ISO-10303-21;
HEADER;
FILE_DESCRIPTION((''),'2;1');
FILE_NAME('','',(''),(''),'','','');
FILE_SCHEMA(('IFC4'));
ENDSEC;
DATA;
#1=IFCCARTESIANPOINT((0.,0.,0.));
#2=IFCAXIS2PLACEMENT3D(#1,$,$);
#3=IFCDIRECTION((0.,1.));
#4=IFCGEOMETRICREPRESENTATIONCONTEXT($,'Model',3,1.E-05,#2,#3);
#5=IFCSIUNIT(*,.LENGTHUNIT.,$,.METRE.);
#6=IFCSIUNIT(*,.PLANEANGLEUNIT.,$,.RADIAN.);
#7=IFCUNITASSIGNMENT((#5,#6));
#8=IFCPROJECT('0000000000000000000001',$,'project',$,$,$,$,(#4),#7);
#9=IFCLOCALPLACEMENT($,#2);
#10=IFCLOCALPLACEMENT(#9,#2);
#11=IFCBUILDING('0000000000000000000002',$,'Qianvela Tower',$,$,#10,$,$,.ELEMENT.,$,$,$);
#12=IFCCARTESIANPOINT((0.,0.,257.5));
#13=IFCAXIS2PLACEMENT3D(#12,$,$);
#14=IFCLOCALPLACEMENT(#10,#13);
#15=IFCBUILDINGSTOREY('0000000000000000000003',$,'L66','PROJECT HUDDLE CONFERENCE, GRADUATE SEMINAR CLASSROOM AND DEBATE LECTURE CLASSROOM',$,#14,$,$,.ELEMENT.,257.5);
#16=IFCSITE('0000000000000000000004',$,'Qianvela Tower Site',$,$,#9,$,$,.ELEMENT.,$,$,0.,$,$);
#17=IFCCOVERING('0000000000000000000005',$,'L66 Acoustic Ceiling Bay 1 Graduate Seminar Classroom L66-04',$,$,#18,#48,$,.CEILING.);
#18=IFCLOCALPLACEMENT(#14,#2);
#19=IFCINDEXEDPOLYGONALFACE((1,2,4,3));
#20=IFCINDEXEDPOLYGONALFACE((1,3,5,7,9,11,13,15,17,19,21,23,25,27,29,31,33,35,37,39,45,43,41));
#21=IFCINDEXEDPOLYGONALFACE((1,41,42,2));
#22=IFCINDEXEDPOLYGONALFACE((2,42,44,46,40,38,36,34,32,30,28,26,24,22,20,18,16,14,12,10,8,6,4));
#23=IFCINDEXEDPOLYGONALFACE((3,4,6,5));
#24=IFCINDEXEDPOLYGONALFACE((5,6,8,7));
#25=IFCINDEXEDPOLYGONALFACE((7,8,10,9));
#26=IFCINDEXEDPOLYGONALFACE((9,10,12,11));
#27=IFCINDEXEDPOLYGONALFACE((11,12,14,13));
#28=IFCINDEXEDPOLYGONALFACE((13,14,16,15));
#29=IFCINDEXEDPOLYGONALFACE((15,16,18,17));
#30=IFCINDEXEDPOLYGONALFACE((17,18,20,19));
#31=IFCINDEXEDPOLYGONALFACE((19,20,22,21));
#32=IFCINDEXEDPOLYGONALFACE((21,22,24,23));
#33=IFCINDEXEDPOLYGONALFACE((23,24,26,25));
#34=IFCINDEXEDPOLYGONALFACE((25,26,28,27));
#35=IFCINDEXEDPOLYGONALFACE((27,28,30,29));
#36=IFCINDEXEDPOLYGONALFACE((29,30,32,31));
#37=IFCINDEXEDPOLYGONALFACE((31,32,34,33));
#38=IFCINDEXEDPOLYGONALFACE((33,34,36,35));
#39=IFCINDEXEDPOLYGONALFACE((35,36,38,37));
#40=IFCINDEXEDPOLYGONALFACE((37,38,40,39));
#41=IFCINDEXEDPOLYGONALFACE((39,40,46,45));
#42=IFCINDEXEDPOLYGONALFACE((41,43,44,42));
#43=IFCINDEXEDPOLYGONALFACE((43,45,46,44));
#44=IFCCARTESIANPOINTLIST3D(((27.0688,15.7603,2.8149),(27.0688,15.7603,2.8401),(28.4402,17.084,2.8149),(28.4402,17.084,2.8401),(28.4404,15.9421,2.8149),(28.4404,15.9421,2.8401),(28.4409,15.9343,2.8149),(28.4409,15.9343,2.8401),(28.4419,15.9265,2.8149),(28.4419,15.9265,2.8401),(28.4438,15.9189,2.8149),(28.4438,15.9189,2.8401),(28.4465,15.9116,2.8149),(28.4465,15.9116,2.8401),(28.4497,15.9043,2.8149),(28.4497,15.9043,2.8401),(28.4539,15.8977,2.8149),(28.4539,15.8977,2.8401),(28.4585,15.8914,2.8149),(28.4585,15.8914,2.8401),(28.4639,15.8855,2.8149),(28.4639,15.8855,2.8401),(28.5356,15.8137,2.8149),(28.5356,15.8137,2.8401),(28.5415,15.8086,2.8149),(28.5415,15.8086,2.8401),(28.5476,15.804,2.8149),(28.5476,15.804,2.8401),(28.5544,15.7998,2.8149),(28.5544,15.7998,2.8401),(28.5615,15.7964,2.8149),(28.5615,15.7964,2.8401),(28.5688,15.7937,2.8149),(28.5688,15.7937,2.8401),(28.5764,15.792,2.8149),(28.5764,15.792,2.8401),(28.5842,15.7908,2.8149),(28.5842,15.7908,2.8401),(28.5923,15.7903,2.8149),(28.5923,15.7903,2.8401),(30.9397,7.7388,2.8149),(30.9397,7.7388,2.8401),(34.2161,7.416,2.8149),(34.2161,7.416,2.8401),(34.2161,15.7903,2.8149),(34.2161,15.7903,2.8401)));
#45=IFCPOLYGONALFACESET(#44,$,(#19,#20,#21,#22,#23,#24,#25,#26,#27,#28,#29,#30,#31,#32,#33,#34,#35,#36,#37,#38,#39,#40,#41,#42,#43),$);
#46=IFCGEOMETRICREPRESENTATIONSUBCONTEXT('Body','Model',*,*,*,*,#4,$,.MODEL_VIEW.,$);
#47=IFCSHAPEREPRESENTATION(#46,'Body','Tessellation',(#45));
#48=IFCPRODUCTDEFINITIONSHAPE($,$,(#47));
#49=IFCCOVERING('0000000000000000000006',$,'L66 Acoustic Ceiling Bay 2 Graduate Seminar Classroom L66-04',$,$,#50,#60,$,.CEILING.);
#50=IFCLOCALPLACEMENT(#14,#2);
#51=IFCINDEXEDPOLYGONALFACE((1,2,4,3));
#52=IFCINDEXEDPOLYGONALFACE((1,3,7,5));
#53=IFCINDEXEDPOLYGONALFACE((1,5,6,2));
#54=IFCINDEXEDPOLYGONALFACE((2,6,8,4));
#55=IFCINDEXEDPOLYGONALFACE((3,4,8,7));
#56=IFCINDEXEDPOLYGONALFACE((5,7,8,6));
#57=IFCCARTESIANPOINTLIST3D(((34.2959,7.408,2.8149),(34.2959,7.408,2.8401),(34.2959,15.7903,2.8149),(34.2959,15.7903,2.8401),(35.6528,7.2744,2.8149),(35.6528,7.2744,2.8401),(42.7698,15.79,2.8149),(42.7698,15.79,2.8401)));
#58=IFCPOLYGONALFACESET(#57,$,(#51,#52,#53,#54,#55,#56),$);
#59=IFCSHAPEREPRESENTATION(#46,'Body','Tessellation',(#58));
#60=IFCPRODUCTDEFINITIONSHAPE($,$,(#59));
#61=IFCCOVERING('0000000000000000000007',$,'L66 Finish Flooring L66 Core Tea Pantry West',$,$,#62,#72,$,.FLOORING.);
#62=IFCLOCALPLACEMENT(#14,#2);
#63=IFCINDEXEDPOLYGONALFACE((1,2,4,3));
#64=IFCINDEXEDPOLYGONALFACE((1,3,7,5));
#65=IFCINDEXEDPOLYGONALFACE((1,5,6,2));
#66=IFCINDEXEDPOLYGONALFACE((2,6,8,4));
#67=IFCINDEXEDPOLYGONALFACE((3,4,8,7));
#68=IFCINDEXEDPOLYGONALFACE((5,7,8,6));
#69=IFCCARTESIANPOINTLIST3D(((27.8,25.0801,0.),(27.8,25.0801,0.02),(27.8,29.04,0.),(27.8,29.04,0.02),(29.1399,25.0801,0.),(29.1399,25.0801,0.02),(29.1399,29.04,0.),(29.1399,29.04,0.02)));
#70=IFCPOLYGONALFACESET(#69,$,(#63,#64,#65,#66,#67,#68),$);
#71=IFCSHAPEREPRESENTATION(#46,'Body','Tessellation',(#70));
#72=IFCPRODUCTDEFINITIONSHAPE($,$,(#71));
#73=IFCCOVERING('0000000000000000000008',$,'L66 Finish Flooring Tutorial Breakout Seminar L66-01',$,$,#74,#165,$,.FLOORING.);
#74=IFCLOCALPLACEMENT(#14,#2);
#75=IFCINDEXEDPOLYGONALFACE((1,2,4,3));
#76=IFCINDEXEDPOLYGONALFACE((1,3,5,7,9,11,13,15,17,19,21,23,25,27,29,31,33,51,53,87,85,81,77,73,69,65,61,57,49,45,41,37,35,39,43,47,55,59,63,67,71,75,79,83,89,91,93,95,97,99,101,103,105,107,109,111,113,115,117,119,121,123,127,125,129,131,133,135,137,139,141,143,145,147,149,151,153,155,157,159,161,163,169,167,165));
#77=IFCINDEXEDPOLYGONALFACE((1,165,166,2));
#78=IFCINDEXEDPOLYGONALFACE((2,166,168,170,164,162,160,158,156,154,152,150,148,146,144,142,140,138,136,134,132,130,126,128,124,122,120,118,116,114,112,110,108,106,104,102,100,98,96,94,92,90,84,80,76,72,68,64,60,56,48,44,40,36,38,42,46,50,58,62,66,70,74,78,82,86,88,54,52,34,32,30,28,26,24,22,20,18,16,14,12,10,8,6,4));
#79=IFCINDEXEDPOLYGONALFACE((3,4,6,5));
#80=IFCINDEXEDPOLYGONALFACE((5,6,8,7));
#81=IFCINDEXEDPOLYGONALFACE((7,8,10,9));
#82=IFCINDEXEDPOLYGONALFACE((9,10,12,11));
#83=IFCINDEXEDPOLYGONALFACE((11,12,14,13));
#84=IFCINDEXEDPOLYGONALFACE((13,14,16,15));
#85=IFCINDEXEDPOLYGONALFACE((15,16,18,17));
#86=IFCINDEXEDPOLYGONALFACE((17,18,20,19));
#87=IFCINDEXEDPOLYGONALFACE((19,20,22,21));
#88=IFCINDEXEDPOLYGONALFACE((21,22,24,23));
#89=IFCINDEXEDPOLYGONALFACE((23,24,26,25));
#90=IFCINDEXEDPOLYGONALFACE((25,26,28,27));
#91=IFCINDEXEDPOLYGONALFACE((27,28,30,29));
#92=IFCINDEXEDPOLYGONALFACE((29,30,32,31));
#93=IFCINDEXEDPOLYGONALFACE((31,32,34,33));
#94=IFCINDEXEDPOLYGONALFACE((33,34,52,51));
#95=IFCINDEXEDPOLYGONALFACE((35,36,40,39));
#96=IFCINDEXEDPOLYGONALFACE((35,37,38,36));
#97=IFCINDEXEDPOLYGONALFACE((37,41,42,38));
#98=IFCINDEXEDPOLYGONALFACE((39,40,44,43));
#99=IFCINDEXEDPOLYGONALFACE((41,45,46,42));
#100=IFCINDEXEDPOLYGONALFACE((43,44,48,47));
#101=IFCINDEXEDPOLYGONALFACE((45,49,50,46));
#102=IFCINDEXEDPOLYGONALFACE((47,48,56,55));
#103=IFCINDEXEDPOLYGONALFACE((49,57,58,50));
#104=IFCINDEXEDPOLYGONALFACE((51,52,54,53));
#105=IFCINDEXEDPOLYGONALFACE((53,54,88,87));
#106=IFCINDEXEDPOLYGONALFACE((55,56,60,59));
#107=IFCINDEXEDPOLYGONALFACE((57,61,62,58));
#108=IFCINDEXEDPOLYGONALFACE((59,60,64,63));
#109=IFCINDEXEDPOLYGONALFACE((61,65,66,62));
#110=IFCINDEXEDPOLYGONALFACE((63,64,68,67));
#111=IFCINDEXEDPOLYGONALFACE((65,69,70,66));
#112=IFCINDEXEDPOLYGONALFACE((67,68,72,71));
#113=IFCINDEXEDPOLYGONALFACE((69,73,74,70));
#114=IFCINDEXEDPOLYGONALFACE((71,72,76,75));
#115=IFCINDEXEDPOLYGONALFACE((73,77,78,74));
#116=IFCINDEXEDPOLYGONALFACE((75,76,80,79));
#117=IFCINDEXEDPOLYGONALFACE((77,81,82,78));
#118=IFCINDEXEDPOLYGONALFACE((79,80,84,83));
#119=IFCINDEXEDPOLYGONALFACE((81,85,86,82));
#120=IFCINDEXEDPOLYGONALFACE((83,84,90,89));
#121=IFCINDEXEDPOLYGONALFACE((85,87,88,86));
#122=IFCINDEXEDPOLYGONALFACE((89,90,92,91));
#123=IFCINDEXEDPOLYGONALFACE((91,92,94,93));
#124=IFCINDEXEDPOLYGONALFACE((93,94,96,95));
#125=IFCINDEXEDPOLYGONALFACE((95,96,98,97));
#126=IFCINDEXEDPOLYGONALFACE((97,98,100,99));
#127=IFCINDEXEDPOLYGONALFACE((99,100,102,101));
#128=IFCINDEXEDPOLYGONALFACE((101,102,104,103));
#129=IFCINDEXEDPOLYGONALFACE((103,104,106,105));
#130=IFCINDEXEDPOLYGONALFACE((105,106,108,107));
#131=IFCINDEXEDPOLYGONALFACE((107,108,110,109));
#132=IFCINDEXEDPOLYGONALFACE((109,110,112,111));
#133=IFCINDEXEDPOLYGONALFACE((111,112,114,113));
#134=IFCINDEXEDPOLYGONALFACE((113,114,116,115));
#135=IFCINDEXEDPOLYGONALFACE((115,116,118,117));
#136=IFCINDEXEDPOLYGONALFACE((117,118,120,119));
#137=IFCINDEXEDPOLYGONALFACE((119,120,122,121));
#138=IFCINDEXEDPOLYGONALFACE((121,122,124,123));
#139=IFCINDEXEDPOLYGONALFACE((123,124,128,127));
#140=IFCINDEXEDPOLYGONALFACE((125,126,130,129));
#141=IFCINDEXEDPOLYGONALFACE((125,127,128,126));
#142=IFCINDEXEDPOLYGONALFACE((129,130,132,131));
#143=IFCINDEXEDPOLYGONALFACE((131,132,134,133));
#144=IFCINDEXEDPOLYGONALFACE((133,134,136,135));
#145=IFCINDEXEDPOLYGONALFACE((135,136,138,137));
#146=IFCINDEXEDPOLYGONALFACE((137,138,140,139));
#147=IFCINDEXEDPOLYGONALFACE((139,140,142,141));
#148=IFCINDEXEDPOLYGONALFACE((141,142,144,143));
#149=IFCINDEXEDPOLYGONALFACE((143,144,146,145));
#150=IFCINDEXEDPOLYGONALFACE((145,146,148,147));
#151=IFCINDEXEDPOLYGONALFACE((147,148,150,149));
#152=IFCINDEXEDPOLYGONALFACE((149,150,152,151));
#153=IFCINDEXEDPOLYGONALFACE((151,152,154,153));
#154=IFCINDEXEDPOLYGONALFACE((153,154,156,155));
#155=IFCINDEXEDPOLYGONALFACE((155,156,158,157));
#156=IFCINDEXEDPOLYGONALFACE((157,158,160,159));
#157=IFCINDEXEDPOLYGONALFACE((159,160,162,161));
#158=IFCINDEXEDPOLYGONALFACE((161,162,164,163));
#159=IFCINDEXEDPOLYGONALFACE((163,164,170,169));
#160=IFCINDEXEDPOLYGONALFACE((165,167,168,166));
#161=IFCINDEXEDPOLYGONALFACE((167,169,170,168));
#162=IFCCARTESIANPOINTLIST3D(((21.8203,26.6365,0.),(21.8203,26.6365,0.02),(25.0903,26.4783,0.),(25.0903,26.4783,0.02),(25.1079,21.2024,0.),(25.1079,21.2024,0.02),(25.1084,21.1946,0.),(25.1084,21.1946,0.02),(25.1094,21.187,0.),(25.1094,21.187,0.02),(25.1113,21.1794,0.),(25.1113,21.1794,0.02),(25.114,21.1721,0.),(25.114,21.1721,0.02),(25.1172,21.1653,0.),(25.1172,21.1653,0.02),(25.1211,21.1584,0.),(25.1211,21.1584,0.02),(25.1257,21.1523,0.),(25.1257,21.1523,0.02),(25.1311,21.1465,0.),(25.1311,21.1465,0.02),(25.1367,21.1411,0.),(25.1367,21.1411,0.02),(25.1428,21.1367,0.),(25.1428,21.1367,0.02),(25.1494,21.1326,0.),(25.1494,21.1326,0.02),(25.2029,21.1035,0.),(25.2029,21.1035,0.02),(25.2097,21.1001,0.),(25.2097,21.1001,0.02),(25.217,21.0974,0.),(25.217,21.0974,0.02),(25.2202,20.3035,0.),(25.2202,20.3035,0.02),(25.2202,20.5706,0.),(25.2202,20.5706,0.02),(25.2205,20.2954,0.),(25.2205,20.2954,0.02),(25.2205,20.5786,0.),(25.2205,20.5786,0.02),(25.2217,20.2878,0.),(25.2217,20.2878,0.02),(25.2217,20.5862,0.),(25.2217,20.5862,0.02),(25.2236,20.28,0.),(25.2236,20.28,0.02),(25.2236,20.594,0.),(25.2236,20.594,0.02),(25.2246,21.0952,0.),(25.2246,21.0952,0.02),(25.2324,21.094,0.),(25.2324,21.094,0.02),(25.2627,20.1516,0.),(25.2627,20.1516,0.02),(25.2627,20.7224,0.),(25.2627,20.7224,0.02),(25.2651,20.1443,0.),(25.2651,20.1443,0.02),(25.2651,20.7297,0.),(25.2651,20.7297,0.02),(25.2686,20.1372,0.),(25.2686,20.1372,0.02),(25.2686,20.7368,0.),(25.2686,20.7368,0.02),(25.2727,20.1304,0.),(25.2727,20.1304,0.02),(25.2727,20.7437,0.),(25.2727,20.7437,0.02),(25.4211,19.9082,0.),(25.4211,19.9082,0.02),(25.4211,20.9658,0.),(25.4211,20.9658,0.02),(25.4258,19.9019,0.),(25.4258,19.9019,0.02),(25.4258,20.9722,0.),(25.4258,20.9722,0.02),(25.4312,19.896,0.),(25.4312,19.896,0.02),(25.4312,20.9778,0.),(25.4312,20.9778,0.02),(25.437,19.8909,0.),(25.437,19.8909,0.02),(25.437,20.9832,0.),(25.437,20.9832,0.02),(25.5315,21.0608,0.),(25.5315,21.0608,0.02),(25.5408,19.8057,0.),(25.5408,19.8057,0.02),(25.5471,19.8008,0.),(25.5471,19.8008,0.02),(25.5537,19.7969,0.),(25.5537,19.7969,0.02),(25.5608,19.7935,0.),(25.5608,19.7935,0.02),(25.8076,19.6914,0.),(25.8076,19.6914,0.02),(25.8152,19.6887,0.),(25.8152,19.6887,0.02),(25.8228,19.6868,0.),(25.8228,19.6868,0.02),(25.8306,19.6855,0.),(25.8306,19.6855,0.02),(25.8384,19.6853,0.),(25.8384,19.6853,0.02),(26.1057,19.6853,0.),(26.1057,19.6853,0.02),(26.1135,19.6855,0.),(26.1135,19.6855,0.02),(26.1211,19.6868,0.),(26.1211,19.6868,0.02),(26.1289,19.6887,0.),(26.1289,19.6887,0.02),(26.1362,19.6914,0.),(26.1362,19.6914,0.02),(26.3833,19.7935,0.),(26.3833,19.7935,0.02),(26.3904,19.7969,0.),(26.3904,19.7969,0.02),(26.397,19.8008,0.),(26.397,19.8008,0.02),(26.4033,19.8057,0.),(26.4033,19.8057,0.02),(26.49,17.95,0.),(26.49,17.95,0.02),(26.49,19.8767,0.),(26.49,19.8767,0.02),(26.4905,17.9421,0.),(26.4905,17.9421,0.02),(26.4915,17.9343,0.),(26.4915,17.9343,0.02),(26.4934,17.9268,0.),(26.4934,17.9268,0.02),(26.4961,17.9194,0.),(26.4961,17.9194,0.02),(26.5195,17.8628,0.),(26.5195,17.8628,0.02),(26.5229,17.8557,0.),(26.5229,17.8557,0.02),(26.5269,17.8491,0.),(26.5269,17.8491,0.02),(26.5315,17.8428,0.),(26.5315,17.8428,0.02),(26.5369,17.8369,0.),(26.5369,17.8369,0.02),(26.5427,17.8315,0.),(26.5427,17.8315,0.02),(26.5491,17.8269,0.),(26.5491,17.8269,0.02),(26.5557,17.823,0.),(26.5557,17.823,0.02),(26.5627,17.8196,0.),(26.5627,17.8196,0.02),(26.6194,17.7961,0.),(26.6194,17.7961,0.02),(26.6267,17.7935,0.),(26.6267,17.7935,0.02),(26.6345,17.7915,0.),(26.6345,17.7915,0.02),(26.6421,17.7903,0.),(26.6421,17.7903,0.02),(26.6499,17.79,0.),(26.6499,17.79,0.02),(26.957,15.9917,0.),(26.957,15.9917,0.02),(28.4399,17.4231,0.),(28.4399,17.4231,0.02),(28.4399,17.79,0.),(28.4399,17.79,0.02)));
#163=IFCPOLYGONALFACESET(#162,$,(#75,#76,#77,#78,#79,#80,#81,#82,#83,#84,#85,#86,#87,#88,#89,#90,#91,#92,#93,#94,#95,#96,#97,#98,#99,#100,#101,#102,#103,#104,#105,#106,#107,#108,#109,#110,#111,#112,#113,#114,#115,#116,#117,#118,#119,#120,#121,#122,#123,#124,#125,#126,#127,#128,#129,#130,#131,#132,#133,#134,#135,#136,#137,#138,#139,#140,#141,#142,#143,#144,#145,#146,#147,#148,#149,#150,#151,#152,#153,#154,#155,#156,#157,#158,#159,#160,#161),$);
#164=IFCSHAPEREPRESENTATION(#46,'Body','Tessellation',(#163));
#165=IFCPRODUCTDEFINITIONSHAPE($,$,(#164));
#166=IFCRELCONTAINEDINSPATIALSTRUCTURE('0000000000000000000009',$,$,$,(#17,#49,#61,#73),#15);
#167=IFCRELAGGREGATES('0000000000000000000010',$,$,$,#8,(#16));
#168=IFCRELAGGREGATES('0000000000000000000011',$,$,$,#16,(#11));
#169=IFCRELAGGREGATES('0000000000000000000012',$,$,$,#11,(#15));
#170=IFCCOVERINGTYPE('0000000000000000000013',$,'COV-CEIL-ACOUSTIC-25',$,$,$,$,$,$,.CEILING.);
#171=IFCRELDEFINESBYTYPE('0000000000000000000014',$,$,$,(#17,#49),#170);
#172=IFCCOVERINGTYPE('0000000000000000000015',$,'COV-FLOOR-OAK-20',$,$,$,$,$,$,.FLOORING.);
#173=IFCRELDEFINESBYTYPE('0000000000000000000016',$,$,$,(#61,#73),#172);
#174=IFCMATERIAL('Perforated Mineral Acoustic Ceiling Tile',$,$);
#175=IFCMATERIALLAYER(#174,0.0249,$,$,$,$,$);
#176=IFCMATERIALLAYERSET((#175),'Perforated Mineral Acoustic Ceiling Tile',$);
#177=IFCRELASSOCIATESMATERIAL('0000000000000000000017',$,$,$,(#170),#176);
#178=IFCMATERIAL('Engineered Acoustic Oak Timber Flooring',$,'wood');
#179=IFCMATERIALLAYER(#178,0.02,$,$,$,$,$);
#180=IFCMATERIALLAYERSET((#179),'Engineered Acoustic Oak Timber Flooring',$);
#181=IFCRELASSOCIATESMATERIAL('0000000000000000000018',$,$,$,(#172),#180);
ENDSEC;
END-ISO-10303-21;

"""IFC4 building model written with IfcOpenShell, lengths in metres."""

from ifc_helpers import new_model, si_unit, direction, frame, origin, place, context, subcontext, project, spatial, polyline, outline, extrude, material, layer, layer_set, type_object, element, save


model = new_model("IFC4")

# Units and contexts
model_context = context("Model", 3, precision=1e-05, world=origin(), true_north=direction((0.0, 1.0)))
body_context = subcontext(model_context, "Body", "Model", "MODEL_VIEW")
ifc_project = project(units=[si_unit("LENGTHUNIT", "METRE"), si_unit("PLANEANGLEUNIT", "RADIAN")], contexts=[model_context])

# Site, building, storey
site_placement = place(None, origin())
site = spatial("IfcSite", under=ifc_project, at=site_placement, Name="Qianvela Tower Site", CompositionType="ELEMENT", RefElevation=0.0)
building_placement = place(site_placement, origin())
building = spatial("IfcBuilding", under=site, at=building_placement, Name="Qianvela Tower", CompositionType="ELEMENT")
storey_placement = place(building_placement, frame((0.0, 0.0, 257.5)))
storey = spatial("IfcBuildingStorey", under=building, at=storey_placement, Name="L66", Description="PROJECT HUDDLE CONFERENCE, GRADUATE SEMINAR CLASSROOM AND DEBATE LECTURE CLASSROOM", CompositionType="ELEMENT", Elevation=257.5)

# Coverings
ifc_material_1 = material(Name="Perforated Mineral Acoustic Ceiling Tile")
ifc_layer_1 = layer(ifc_material_1, 0.0249)
ifc_layer_set_1 = layer_set([ifc_layer_1], Name="Perforated Mineral Acoustic Ceiling Tile")
covering_type_1 = type_object("IfcCoveringType", Name="COV-CEIL-ACOUSTIC-25", PredefinedType="CEILING", material=ifc_layer_set_1)
covering_1_placement = place(storey_placement, frame((0.0, 0.0, 2.8149)))
element("IfcCovering", 1, at=covering_1_placement, inside=storey, type_object=covering_type_1, Name="L66 Acoustic Ceiling Bay 1 Graduate Seminar Classroom L66-04", PredefinedType="CEILING", context=body_context, shape_type="SweptSolid", body=[
    extrude(outline(polyline([(30.9397, 7.7388), (27.0688, 15.7603), (28.4402, 17.084), (28.4404, 15.9421), (28.4409, 15.9343), (28.4419, 15.9265), (28.4438, 15.9189), (28.4465, 15.9116), (28.4497, 15.9043), (28.4539, 15.8977), (28.4585, 15.8914), (28.4639, 15.8855), (28.5356, 15.8137), (28.5415, 15.8086), (28.5476, 15.804), (28.5544, 15.7998), (28.5615, 15.7964), (28.5688, 15.7937), (28.5764, 15.792), (28.5842, 15.7908), (28.5923, 15.7903), (34.2161, 15.7903), (34.2161, 7.416), (30.9397, 7.7388)])), origin(), (0.0, 0.0, 1.0), 0.0251),
])
covering_2_placement = place(storey_placement, frame((0.0, 0.0, 2.8149)))
element("IfcCovering", 2, at=covering_2_placement, inside=storey, type_object=covering_type_1, Name="L66 Acoustic Ceiling Bay 2 Graduate Seminar Classroom L66-04", PredefinedType="CEILING", context=body_context, shape_type="SweptSolid", body=[
    extrude(outline(polyline([(35.6528, 7.2744), (34.2959, 7.408), (34.2959, 15.7903), (42.7698, 15.79), (35.6528, 7.2744)])), origin(), (0.0, 0.0, 1.0), 0.0251),
])
ifc_material_2 = material(Name="Engineered Acoustic Oak Timber Flooring", Category="wood")
ifc_layer_2 = layer(ifc_material_2, 0.02)
ifc_layer_set_2 = layer_set([ifc_layer_2], Name="Engineered Acoustic Oak Timber Flooring")
covering_type_2 = type_object("IfcCoveringType", Name="COV-FLOOR-OAK-20", PredefinedType="FLOORING", material=ifc_layer_set_2)
covering_3_placement = place(storey_placement, origin())
element("IfcCovering", 3, at=covering_3_placement, inside=storey, type_object=covering_type_2, Name="L66 Finish Flooring L66 Core Tea Pantry West", PredefinedType="FLOORING", context=body_context, shape_type="SweptSolid", body=[
    extrude(outline(polyline([(27.8, 25.0801), (27.8, 29.04), (29.1399, 29.04), (29.1399, 25.0801), (27.8, 25.0801)])), origin(), (0.0, 0.0, 1.0), 0.02),
])
covering_4_placement = place(storey_placement, origin())
element("IfcCovering", 4, at=covering_4_placement, inside=storey, type_object=covering_type_2, Name="L66 Finish Flooring Tutorial Breakout Seminar L66-01", PredefinedType="FLOORING", context=body_context, shape_type="SweptSolid", body=[
    extrude(outline(polyline([(25.2029, 21.1035), (25.2097, 21.1001), (25.217, 21.0974), (25.2246, 21.0952), (25.2324, 21.094), (25.5315, 21.0608), (25.437, 20.9832), (25.4312, 20.9778), (25.4258, 20.9722), (25.4211, 20.9658), (25.2727, 20.7437), (25.2686, 20.7368), (25.2651, 20.7297), (25.2627, 20.7224), (25.2236, 20.594), (25.2217, 20.5862), (25.2205, 20.5786), (25.2202, 20.5706), (25.2202, 20.3035), (25.2205, 20.2954), (25.2217, 20.2878), (25.2236, 20.28), (25.2627, 20.1516), (25.2651, 20.1443), (25.2686, 20.1372), (25.2727, 20.1304), (25.4211, 19.9082), (25.4258, 19.9019), (25.4312, 19.896), (25.437, 19.8909), (25.5408, 19.8057), (25.5471, 19.8008), (25.5537, 19.7969), (25.5608, 19.7935), (25.8076, 19.6914), (25.8152, 19.6887), (25.8228, 19.6868), (25.8306, 19.6855), (25.8384, 19.6853), (26.1057, 19.6853), (26.1135, 19.6855), (26.1211, 19.6868), (26.1289, 19.6887), (26.1362, 19.6914), (26.3833, 19.7935), (26.3904, 19.7969), (26.397, 19.8008), (26.4033, 19.8057), (26.49, 19.8767), (26.49, 17.95), (26.4905, 17.9421), (26.4915, 17.9343), (26.4934, 17.9268), (26.4961, 17.9194), (26.5195, 17.8628), (26.5229, 17.8557), (26.5269, 17.8491), (26.5315, 17.8428), (26.5369, 17.8369), (26.5427, 17.8315), (26.5491, 17.8269), (26.5557, 17.823), (26.5627, 17.8196), (26.6194, 17.7961), (26.6267, 17.7935), (26.6345, 17.7915), (26.6421, 17.7903), (26.6499, 17.79), (28.4399, 17.79), (28.4399, 17.4231), (26.957, 15.9917), (21.8203, 26.6365), (25.0903, 26.4783), (25.1079, 21.2024), (25.1084, 21.1946), (25.1094, 21.187), (25.1113, 21.1794), (25.114, 21.1721), (25.1172, 21.1653), (25.1211, 21.1584), (25.1257, 21.1523), (25.1311, 21.1465), (25.1367, 21.1411), (25.1428, 21.1367), (25.1494, 21.1326), (25.2029, 21.1035)])), origin(), (0.0, 0.0, 1.0), 0.02),
])

save(model, "model.ifc")
